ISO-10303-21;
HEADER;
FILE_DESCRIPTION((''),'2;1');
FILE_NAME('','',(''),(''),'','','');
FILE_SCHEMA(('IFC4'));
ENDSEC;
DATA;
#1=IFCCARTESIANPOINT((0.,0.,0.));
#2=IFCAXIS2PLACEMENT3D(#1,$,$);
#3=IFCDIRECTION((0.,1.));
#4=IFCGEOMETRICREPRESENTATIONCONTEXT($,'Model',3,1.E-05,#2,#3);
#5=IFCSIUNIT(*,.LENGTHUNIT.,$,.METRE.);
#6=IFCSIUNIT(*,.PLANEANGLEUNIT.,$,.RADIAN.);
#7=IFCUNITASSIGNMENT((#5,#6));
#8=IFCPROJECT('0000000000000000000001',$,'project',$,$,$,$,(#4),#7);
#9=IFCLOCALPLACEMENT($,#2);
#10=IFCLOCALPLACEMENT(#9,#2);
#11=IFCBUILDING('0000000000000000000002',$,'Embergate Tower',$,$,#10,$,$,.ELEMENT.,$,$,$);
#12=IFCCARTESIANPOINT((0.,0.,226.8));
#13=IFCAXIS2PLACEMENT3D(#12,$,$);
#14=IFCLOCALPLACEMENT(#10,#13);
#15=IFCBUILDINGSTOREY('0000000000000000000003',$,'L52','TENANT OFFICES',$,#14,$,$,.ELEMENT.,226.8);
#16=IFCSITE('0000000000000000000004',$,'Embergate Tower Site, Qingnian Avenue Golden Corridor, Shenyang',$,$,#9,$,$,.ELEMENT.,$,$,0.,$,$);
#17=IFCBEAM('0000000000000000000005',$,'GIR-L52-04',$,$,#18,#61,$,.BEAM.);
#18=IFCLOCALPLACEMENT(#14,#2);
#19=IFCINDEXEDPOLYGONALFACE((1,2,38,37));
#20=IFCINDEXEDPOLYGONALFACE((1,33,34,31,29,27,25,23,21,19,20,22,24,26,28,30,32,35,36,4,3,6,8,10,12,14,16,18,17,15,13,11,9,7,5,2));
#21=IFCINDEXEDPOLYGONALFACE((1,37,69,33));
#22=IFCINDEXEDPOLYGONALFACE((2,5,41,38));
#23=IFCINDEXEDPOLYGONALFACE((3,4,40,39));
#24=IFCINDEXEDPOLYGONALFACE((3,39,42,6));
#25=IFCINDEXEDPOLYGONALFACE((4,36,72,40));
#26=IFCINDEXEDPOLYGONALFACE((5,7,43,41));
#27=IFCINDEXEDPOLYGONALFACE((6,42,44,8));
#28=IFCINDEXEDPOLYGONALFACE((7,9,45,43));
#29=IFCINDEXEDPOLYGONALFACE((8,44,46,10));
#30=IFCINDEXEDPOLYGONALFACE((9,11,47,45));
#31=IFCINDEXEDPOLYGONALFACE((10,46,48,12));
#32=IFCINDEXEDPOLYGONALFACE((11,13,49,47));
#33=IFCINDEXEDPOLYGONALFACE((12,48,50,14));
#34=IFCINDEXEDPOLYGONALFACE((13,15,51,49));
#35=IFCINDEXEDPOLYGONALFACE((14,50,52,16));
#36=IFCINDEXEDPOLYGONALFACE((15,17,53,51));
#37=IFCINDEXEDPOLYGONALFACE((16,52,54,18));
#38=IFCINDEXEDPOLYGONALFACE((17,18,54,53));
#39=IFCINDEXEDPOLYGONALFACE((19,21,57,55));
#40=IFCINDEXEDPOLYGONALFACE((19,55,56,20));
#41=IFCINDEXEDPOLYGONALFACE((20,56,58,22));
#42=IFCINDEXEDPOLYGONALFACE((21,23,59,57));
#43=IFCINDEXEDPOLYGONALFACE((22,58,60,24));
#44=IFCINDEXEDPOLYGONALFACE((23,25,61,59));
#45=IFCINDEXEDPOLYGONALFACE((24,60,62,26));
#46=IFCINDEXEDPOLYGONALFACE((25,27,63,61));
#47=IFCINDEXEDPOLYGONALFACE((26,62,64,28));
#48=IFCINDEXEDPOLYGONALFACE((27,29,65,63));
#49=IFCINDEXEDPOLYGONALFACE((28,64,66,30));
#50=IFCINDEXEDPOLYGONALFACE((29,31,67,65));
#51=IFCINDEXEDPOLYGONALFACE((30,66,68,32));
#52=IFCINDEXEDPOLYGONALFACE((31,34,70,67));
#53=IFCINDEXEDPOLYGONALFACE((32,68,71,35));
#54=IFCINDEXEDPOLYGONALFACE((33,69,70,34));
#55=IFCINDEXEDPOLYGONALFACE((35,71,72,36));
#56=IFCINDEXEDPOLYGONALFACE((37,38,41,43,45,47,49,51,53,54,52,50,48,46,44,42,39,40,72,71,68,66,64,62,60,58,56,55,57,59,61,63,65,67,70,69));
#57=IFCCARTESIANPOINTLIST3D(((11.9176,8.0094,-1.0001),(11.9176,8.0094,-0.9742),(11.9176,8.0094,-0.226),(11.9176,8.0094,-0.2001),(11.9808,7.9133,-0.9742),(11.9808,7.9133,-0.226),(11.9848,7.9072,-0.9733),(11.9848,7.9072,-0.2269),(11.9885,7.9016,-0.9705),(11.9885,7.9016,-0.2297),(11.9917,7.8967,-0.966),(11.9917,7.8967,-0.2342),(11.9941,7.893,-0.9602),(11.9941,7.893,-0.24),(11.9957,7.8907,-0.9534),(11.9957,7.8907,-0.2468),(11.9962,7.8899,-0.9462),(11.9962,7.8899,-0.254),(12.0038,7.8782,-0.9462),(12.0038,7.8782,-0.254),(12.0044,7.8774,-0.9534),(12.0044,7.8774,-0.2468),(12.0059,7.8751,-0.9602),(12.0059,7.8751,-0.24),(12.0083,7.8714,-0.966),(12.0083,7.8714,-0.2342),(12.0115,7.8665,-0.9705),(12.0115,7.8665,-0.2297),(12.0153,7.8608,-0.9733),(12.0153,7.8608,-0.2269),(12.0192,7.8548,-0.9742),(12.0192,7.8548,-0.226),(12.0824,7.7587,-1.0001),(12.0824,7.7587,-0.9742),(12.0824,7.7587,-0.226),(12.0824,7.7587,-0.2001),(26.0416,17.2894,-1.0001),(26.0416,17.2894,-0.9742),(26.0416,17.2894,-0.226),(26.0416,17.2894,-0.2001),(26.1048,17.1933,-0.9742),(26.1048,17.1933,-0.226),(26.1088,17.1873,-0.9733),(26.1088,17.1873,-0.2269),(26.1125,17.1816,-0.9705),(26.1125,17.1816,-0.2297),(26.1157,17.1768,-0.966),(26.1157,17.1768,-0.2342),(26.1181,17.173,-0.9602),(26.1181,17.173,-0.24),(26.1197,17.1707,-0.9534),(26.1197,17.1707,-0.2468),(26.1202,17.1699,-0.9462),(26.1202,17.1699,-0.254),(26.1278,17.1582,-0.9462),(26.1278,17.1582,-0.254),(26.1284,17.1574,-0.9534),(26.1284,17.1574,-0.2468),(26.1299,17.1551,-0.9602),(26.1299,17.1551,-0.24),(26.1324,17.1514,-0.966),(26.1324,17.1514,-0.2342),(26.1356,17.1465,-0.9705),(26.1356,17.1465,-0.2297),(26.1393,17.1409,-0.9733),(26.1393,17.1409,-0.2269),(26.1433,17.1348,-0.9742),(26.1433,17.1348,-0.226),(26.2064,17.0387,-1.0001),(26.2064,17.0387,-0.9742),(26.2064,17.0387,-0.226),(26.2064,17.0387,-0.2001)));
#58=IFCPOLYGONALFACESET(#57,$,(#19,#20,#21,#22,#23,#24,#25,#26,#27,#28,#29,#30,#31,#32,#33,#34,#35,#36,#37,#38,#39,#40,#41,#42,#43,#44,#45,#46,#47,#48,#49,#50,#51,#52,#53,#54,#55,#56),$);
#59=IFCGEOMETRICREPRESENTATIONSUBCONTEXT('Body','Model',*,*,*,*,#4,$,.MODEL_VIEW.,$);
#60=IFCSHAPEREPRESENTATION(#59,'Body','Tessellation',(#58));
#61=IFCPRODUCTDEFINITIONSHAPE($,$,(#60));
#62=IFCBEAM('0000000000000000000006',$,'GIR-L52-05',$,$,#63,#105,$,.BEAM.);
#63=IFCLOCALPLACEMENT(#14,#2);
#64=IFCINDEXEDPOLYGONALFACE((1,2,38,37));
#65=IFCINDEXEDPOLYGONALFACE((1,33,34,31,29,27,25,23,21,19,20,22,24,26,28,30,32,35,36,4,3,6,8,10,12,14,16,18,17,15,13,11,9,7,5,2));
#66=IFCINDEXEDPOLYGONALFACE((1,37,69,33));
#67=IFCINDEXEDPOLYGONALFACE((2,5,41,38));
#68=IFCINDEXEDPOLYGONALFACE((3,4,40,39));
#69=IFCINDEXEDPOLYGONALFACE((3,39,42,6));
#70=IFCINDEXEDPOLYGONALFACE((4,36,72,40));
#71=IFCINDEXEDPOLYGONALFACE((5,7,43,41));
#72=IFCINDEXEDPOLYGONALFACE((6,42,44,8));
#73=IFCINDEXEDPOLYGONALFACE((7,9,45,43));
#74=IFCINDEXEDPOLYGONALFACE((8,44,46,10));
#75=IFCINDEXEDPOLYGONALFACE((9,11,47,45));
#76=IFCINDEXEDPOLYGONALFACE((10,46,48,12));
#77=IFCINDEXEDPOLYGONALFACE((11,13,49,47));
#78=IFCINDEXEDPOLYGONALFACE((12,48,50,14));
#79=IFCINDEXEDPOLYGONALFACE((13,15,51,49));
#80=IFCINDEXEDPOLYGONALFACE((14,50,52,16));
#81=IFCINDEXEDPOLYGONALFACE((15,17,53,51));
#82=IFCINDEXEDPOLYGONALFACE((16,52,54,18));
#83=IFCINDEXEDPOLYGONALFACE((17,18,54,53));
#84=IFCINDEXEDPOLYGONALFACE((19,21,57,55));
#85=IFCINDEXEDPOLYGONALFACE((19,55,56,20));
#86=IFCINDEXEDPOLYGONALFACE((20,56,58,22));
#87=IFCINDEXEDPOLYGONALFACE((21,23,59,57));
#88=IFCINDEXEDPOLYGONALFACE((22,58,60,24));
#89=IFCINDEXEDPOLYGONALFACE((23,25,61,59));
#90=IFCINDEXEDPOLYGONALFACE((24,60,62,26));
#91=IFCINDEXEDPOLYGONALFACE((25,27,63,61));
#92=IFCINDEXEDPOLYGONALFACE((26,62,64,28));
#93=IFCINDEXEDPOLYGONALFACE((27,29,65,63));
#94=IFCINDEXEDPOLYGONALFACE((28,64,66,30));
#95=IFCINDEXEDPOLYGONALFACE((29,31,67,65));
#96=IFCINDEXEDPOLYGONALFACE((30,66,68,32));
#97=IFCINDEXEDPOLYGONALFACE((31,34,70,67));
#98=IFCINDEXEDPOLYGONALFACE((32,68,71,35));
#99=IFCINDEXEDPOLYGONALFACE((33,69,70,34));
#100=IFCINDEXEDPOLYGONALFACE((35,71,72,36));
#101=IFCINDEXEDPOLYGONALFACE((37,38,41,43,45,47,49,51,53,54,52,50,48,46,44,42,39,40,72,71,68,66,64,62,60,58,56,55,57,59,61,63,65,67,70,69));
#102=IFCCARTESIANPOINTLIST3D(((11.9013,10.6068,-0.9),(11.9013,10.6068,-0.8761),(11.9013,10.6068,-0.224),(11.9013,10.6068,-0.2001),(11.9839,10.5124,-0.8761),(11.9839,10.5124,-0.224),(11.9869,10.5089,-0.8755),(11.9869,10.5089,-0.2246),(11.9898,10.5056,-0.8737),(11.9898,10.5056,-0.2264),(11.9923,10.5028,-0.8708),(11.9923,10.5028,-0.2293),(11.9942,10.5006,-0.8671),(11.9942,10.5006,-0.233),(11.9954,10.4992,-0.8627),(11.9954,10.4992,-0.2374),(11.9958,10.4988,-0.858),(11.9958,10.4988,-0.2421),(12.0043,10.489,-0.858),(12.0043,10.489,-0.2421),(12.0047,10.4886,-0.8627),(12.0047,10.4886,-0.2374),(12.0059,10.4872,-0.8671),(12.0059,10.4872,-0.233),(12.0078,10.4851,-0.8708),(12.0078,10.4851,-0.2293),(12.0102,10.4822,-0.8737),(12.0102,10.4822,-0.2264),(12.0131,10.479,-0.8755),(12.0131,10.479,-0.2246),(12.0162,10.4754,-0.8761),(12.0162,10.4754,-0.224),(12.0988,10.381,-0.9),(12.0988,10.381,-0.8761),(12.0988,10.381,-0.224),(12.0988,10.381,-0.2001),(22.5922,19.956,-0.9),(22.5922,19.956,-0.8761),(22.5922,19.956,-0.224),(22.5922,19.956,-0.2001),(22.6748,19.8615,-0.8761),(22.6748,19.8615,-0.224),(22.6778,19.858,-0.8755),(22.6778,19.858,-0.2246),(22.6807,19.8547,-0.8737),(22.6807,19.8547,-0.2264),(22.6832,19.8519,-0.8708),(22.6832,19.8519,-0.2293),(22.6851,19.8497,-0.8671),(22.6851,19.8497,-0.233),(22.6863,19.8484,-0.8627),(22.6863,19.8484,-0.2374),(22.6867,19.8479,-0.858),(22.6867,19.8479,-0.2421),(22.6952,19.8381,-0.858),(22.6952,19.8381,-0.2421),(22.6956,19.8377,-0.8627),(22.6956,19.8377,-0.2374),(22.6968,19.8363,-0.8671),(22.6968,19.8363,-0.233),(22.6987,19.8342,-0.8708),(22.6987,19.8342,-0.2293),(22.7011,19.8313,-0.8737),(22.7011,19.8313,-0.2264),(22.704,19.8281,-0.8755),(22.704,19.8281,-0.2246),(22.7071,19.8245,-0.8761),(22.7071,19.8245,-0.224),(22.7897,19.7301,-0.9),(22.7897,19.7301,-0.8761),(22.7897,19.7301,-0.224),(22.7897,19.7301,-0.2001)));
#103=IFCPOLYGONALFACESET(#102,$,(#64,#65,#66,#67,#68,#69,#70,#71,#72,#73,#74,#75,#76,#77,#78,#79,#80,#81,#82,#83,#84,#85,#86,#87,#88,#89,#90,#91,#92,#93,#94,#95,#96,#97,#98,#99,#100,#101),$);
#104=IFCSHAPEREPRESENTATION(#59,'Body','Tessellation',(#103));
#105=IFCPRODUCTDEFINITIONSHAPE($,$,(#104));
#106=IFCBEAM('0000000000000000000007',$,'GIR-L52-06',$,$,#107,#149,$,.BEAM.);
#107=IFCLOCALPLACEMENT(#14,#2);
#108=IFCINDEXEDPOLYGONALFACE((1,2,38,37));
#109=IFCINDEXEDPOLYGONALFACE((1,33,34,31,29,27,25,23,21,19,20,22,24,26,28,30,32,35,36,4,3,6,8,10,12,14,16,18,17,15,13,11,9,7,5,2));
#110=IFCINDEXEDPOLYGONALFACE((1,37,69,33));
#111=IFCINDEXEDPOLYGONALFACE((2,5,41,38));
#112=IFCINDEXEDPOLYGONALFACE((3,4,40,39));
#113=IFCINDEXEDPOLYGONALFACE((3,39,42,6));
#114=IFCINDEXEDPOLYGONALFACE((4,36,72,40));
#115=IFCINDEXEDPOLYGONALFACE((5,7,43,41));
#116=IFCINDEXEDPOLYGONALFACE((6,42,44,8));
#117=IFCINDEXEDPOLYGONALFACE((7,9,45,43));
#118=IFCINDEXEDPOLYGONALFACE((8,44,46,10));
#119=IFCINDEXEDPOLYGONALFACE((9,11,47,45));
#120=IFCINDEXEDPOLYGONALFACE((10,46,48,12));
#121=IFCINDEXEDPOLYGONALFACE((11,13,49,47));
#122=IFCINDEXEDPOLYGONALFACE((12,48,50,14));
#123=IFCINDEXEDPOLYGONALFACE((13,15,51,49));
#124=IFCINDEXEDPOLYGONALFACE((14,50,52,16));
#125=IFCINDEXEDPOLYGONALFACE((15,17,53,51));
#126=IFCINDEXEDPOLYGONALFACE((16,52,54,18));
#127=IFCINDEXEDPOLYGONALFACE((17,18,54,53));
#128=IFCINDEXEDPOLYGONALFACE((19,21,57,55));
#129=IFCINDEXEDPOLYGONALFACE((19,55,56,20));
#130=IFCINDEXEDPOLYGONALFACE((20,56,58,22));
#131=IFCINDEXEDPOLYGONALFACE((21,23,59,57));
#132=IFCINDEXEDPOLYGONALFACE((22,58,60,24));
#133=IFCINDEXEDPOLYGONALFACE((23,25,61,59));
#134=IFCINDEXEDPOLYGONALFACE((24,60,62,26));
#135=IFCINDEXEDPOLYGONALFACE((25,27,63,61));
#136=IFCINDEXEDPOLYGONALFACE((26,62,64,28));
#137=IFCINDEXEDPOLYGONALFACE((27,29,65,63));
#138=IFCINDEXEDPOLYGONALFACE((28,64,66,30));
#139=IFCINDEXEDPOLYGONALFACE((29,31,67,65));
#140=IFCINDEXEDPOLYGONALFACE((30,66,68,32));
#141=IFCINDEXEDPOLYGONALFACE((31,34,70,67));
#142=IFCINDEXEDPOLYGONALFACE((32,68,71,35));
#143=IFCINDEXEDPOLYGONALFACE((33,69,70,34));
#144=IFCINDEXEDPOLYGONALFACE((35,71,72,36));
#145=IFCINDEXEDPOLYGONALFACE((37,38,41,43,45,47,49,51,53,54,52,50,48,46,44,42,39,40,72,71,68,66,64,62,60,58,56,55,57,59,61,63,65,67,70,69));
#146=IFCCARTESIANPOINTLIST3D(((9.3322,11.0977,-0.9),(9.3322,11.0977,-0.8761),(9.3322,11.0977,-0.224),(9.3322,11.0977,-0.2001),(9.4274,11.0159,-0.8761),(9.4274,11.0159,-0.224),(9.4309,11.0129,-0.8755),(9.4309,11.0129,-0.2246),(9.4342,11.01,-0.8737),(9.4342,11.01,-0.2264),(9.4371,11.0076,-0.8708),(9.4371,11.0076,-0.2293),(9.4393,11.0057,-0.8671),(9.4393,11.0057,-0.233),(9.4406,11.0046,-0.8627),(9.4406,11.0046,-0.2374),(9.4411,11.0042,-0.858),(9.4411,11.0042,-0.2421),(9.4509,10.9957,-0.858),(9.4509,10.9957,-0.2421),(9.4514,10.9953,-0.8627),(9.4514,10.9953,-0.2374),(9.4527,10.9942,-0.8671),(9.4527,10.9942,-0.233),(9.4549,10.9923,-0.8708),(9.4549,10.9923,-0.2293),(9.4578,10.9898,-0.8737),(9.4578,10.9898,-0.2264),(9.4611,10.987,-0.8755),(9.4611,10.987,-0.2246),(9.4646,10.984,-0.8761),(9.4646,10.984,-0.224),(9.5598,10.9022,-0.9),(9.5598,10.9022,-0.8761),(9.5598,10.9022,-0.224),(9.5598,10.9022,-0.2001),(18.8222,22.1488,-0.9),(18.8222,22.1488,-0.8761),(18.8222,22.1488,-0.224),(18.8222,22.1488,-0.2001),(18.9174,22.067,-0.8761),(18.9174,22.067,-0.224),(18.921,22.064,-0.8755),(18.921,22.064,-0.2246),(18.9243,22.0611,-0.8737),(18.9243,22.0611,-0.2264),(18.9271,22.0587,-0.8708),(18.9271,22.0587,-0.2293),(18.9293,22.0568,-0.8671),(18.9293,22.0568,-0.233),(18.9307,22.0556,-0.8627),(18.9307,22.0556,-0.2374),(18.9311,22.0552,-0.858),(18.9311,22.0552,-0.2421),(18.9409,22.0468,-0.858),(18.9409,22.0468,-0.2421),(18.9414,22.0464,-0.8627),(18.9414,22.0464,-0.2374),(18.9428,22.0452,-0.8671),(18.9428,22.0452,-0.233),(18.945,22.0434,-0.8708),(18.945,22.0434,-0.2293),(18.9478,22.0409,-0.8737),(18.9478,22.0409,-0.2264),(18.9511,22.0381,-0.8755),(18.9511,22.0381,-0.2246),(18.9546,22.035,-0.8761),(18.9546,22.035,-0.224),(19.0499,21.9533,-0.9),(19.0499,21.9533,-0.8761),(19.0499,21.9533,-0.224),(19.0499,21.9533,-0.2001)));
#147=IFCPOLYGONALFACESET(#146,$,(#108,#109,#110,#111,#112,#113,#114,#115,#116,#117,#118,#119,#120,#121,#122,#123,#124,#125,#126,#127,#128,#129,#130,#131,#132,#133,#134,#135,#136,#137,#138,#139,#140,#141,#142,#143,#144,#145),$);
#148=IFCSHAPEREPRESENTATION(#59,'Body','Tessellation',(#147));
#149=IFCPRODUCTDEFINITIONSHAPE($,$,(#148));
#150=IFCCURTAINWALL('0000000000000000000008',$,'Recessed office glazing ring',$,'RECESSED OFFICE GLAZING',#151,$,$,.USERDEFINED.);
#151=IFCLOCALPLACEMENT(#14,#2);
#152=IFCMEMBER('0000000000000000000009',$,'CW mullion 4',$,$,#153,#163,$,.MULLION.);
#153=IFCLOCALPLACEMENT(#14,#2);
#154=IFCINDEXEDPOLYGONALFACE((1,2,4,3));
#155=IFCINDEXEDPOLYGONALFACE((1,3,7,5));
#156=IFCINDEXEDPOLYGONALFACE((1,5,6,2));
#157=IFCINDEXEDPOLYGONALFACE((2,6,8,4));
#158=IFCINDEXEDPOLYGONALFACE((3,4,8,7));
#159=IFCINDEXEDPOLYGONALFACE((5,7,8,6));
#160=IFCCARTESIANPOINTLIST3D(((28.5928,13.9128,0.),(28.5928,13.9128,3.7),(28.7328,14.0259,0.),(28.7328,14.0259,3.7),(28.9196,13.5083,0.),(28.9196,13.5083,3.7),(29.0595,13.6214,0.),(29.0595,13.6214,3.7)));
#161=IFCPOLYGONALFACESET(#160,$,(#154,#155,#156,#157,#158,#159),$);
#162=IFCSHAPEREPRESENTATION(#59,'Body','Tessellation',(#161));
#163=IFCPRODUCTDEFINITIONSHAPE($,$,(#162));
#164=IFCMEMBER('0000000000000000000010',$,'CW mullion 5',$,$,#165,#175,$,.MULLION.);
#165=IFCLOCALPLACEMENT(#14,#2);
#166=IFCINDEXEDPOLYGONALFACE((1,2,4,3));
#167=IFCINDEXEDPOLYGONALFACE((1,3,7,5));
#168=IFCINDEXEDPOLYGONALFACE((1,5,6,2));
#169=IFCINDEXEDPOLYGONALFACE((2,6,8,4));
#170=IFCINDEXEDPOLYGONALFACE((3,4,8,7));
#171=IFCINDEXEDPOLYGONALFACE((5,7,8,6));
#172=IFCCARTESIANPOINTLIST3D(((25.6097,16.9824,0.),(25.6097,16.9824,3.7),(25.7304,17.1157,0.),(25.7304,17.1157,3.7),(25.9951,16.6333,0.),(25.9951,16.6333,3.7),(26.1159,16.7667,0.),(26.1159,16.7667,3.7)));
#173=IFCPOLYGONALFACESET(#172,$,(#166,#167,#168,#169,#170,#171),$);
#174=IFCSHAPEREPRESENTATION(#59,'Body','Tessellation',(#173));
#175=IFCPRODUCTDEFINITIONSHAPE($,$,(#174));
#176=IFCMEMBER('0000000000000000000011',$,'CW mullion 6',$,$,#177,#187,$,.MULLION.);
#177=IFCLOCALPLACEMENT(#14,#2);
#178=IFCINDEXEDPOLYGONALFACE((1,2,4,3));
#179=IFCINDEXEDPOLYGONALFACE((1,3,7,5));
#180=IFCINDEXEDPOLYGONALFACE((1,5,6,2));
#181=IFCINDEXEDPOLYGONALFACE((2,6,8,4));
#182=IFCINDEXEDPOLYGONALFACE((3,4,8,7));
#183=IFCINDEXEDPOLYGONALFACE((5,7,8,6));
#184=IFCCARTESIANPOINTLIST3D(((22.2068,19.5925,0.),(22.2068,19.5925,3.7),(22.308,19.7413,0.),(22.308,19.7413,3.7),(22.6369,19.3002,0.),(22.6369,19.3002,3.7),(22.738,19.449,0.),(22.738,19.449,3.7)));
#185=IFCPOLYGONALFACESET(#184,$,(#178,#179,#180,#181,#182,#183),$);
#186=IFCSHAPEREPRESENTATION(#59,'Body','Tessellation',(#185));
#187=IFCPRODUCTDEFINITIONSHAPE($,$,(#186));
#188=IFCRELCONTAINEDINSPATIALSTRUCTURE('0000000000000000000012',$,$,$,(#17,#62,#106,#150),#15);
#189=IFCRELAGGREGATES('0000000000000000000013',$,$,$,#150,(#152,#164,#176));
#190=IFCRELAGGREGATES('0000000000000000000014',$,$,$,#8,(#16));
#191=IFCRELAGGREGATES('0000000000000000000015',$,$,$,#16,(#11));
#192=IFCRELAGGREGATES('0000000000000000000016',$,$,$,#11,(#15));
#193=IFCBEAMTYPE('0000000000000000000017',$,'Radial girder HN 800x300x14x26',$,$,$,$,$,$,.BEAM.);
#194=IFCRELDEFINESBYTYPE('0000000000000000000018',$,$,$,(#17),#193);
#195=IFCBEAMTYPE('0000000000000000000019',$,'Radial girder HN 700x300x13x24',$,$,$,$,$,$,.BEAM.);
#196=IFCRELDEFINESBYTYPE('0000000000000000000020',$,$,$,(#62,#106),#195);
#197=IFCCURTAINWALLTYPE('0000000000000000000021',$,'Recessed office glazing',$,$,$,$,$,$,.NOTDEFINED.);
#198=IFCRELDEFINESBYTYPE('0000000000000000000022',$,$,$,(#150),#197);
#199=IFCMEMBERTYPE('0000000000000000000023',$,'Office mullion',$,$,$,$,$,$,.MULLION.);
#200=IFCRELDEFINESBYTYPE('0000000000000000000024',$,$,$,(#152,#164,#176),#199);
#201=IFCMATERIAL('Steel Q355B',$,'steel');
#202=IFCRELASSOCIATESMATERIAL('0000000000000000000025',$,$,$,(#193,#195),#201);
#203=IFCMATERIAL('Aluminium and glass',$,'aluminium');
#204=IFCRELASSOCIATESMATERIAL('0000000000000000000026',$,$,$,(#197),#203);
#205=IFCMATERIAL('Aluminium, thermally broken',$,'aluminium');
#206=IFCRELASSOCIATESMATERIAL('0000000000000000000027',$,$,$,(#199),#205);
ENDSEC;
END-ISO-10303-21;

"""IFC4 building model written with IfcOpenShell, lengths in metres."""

from ifc_helpers import new_model, si_unit, direction, frame, origin, origin_2d, place, context, subcontext, project, spatial, rectangle, i_section, extrude, source, transform, mapped, material, material_profile, profile_set, type_object, element, aggregate, save


model = new_model("IFC4")

# Units and contexts
model_context = context("Model", 3, precision=1e-05, world=origin(), true_north=direction((0.0, 1.0)))
body_context = subcontext(model_context, "Body", "Model", "MODEL_VIEW")
ifc_project = project(units=[si_unit("LENGTHUNIT", "METRE"), si_unit("PLANEANGLEUNIT", "RADIAN")], contexts=[model_context])

# Site, building, storey
site_placement = place(None, origin())
site = spatial("IfcSite", under=ifc_project, at=site_placement, Name="Embergate Tower Site, Qingnian Avenue Golden Corridor, Shenyang", CompositionType="ELEMENT", RefElevation=0.0)
building_placement = place(site_placement, origin())
building = spatial("IfcBuilding", under=site, at=building_placement, Name="Embergate Tower", CompositionType="ELEMENT")
storey_placement = place(building_placement, frame((0.0, 0.0, 226.8)))
storey = spatial("IfcBuildingStorey", under=building, at=storey_placement, Name="L52", Description="TENANT OFFICES", CompositionType="ELEMENT", Elevation=226.8)

# Beams
ifc_material_1 = material(Name="Steel Q355B", Category="steel")
ifc_material_profile_1 = material_profile(ifc_material_1, i_section(OverallWidth=0.3, OverallDepth=0.8, WebThickness=0.0139, FlangeThickness=0.0259, FilletRadius=0.0281, at=origin_2d()), Name="HN 800x300x14x26")
ifc_profile_set_1 = profile_set([ifc_material_profile_1], Name="Steel Q355 grade B")
beam_type_1 = type_object("IfcBeamType", Name="Radial girder HN 800x300x14x26", PredefinedType="BEAM", material=ifc_profile_set_1)
shared_shape_1 = source(origin(), body_context, "Body", "SweptSolid", [
    extrude(i_section(OverallWidth=0.3, OverallDepth=0.8, WebThickness=0.0139, FlangeThickness=0.0259, FilletRadius=0.0281, at=origin_2d()), origin(), (0.0, 0.0, 1.0), 16.8999),
])
beam_1_placement = place(storey_placement, frame((26.124, 17.1641, -0.6001), z_axis=(-0.835745, -0.549117, 0.0), x_axis=(0.549117, -0.835745, 0.0)))
element("IfcBeam", 1, at=beam_1_placement, inside=storey, type_object=beam_type_1, Name="GIR-L52-04", PredefinedType="BEAM", context=body_context, shape_type="MappedRepresentation", body=[
    mapped(shared_shape_1, transform((0.0, 0.0, 0.0))),
])
ifc_material_profile_2 = material_profile(ifc_material_1, i_section(OverallWidth=0.3, OverallDepth=0.7, WebThickness=0.0129, FlangeThickness=0.0239, FilletRadius=0.0181, at=origin_2d()), Name="HN 700x300x13x24")
ifc_profile_set_2 = profile_set([ifc_material_profile_2], Name="Steel Q355 grade B")
beam_type_2 = type_object("IfcBeamType", Name="Radial girder HN 700x300x13x24", PredefinedType="BEAM", material=ifc_profile_set_2)
shared_shape_2 = source(origin(), body_context, "Body", "SweptSolid", [
    extrude(i_section(OverallWidth=0.3, OverallDepth=0.7, WebThickness=0.0129, FlangeThickness=0.0239, FilletRadius=0.0181, at=origin_2d()), origin(), (0.0, 0.0, 1.0), 14.2021),
])
beam_2_placement = place(storey_placement, frame((22.6909, 19.843, -0.55), z_axis=(-0.752766, -0.658288, 0.0), x_axis=(0.658288, -0.752766, 0.0)))
element("IfcBeam", 2, at=beam_2_placement, inside=storey, type_object=beam_type_2, Name="GIR-L52-05", PredefinedType="BEAM", context=body_context, shape_type="MappedRepresentation", body=[
    mapped(shared_shape_2, transform((0.0, 0.0, 0.0))),
])
shared_shape_3 = source(origin(), body_context, "Body", "SweptSolid", [
    extrude(i_section(OverallWidth=0.3, OverallDepth=0.7, WebThickness=0.0129, FlangeThickness=0.0239, FilletRadius=0.0181, at=origin_2d()), origin(), (0.0, 0.0, 1.0), 14.5667),
])
beam_3_placement = place(storey_placement, frame((18.936, 22.051, -0.55), z_axis=(-0.651491, -0.758656, 0.0), x_axis=(0.758656, -0.651491, 0.0)))
element("IfcBeam", 3, at=beam_3_placement, inside=storey, type_object=beam_type_2, Name="GIR-L52-06", PredefinedType="BEAM", context=body_context, shape_type="MappedRepresentation", body=[
    mapped(shared_shape_3, transform((0.0, 0.0, 0.0))),
])

# Curtain wall, members
ifc_material_2 = material(Name="Aluminium and glass", Category="aluminium")
curtain_wall_type = type_object("IfcCurtainWallType", Name="Recessed office glazing", PredefinedType="NOTDEFINED", material=ifc_material_2)
curtain_wall_placement = place(storey_placement, origin())
curtain_wall = element("IfcCurtainWall", 4, at=curtain_wall_placement, inside=storey, type_object=curtain_wall_type, Name="Recessed office glazing ring", ObjectType="RECESSED OFFICE GLAZING", PredefinedType="USERDEFINED")
ifc_material_3 = material(Name="Aluminium, thermally broken", Category="aluminium")
ifc_material_profile_3 = material_profile(ifc_material_3, rectangle(XDim=0.1799, YDim=0.52, at=origin_2d()), Name="AL 520x180")
ifc_profile_set_3 = profile_set([ifc_material_profile_3], Name="Aluminium, thermally broken")
member_type_1 = type_object("IfcMemberType", Name="Office mullion", PredefinedType="MULLION", material=ifc_profile_set_3)
shared_shape_4 = source(origin(), body_context, "Body", "SweptSolid", [
    extrude(rectangle(XDim=0.1799, YDim=0.52, at=origin_2d()), origin(), (0.0, 0.0, 1.0), 3.7),
])
member_1_placement = place(storey_placement, frame((28.8262, 13.7671, 0.0), z_axis=(0.0, 0.0, 1.0), x_axis=(-0.777873, -0.628422, 0.0)))
member_1 = element("IfcMember", 5, at=member_1_placement, type_object=member_type_1, Name="CW mullion 4", PredefinedType="MULLION", context=body_context, shape_type="MappedRepresentation", body=[
    mapped(shared_shape_4, transform((0.0, 0.0, 0.0))),
])
member_2_placement = place(storey_placement, frame((25.8628, 16.8745, 0.0), z_axis=(0.0, 0.0, 1.0), x_axis=(-0.671228, -0.741251, 0.0)))
member_2 = element("IfcMember", 6, at=member_2_placement, type_object=member_type_1, Name="CW mullion 5", PredefinedType="MULLION", context=body_context, shape_type="MappedRepresentation", body=[
    mapped(shared_shape_4, transform((0.0, 0.0, 0.0))),
])
member_3_placement = place(storey_placement, frame((22.4724, 19.5208, 0.0), z_axis=(0.0, 0.0, 1.0), x_axis=(-0.562219, -0.826988, 0.0)))
member_3 = element("IfcMember", 7, at=member_3_placement, type_object=member_type_1, Name="CW mullion 6", PredefinedType="MULLION", context=body_context, shape_type="MappedRepresentation", body=[
    mapped(shared_shape_4, transform((0.0, 0.0, 0.0))),
])
aggregate(curtain_wall, [member_1, member_2, member_3])

save(model, "model.ifc")
